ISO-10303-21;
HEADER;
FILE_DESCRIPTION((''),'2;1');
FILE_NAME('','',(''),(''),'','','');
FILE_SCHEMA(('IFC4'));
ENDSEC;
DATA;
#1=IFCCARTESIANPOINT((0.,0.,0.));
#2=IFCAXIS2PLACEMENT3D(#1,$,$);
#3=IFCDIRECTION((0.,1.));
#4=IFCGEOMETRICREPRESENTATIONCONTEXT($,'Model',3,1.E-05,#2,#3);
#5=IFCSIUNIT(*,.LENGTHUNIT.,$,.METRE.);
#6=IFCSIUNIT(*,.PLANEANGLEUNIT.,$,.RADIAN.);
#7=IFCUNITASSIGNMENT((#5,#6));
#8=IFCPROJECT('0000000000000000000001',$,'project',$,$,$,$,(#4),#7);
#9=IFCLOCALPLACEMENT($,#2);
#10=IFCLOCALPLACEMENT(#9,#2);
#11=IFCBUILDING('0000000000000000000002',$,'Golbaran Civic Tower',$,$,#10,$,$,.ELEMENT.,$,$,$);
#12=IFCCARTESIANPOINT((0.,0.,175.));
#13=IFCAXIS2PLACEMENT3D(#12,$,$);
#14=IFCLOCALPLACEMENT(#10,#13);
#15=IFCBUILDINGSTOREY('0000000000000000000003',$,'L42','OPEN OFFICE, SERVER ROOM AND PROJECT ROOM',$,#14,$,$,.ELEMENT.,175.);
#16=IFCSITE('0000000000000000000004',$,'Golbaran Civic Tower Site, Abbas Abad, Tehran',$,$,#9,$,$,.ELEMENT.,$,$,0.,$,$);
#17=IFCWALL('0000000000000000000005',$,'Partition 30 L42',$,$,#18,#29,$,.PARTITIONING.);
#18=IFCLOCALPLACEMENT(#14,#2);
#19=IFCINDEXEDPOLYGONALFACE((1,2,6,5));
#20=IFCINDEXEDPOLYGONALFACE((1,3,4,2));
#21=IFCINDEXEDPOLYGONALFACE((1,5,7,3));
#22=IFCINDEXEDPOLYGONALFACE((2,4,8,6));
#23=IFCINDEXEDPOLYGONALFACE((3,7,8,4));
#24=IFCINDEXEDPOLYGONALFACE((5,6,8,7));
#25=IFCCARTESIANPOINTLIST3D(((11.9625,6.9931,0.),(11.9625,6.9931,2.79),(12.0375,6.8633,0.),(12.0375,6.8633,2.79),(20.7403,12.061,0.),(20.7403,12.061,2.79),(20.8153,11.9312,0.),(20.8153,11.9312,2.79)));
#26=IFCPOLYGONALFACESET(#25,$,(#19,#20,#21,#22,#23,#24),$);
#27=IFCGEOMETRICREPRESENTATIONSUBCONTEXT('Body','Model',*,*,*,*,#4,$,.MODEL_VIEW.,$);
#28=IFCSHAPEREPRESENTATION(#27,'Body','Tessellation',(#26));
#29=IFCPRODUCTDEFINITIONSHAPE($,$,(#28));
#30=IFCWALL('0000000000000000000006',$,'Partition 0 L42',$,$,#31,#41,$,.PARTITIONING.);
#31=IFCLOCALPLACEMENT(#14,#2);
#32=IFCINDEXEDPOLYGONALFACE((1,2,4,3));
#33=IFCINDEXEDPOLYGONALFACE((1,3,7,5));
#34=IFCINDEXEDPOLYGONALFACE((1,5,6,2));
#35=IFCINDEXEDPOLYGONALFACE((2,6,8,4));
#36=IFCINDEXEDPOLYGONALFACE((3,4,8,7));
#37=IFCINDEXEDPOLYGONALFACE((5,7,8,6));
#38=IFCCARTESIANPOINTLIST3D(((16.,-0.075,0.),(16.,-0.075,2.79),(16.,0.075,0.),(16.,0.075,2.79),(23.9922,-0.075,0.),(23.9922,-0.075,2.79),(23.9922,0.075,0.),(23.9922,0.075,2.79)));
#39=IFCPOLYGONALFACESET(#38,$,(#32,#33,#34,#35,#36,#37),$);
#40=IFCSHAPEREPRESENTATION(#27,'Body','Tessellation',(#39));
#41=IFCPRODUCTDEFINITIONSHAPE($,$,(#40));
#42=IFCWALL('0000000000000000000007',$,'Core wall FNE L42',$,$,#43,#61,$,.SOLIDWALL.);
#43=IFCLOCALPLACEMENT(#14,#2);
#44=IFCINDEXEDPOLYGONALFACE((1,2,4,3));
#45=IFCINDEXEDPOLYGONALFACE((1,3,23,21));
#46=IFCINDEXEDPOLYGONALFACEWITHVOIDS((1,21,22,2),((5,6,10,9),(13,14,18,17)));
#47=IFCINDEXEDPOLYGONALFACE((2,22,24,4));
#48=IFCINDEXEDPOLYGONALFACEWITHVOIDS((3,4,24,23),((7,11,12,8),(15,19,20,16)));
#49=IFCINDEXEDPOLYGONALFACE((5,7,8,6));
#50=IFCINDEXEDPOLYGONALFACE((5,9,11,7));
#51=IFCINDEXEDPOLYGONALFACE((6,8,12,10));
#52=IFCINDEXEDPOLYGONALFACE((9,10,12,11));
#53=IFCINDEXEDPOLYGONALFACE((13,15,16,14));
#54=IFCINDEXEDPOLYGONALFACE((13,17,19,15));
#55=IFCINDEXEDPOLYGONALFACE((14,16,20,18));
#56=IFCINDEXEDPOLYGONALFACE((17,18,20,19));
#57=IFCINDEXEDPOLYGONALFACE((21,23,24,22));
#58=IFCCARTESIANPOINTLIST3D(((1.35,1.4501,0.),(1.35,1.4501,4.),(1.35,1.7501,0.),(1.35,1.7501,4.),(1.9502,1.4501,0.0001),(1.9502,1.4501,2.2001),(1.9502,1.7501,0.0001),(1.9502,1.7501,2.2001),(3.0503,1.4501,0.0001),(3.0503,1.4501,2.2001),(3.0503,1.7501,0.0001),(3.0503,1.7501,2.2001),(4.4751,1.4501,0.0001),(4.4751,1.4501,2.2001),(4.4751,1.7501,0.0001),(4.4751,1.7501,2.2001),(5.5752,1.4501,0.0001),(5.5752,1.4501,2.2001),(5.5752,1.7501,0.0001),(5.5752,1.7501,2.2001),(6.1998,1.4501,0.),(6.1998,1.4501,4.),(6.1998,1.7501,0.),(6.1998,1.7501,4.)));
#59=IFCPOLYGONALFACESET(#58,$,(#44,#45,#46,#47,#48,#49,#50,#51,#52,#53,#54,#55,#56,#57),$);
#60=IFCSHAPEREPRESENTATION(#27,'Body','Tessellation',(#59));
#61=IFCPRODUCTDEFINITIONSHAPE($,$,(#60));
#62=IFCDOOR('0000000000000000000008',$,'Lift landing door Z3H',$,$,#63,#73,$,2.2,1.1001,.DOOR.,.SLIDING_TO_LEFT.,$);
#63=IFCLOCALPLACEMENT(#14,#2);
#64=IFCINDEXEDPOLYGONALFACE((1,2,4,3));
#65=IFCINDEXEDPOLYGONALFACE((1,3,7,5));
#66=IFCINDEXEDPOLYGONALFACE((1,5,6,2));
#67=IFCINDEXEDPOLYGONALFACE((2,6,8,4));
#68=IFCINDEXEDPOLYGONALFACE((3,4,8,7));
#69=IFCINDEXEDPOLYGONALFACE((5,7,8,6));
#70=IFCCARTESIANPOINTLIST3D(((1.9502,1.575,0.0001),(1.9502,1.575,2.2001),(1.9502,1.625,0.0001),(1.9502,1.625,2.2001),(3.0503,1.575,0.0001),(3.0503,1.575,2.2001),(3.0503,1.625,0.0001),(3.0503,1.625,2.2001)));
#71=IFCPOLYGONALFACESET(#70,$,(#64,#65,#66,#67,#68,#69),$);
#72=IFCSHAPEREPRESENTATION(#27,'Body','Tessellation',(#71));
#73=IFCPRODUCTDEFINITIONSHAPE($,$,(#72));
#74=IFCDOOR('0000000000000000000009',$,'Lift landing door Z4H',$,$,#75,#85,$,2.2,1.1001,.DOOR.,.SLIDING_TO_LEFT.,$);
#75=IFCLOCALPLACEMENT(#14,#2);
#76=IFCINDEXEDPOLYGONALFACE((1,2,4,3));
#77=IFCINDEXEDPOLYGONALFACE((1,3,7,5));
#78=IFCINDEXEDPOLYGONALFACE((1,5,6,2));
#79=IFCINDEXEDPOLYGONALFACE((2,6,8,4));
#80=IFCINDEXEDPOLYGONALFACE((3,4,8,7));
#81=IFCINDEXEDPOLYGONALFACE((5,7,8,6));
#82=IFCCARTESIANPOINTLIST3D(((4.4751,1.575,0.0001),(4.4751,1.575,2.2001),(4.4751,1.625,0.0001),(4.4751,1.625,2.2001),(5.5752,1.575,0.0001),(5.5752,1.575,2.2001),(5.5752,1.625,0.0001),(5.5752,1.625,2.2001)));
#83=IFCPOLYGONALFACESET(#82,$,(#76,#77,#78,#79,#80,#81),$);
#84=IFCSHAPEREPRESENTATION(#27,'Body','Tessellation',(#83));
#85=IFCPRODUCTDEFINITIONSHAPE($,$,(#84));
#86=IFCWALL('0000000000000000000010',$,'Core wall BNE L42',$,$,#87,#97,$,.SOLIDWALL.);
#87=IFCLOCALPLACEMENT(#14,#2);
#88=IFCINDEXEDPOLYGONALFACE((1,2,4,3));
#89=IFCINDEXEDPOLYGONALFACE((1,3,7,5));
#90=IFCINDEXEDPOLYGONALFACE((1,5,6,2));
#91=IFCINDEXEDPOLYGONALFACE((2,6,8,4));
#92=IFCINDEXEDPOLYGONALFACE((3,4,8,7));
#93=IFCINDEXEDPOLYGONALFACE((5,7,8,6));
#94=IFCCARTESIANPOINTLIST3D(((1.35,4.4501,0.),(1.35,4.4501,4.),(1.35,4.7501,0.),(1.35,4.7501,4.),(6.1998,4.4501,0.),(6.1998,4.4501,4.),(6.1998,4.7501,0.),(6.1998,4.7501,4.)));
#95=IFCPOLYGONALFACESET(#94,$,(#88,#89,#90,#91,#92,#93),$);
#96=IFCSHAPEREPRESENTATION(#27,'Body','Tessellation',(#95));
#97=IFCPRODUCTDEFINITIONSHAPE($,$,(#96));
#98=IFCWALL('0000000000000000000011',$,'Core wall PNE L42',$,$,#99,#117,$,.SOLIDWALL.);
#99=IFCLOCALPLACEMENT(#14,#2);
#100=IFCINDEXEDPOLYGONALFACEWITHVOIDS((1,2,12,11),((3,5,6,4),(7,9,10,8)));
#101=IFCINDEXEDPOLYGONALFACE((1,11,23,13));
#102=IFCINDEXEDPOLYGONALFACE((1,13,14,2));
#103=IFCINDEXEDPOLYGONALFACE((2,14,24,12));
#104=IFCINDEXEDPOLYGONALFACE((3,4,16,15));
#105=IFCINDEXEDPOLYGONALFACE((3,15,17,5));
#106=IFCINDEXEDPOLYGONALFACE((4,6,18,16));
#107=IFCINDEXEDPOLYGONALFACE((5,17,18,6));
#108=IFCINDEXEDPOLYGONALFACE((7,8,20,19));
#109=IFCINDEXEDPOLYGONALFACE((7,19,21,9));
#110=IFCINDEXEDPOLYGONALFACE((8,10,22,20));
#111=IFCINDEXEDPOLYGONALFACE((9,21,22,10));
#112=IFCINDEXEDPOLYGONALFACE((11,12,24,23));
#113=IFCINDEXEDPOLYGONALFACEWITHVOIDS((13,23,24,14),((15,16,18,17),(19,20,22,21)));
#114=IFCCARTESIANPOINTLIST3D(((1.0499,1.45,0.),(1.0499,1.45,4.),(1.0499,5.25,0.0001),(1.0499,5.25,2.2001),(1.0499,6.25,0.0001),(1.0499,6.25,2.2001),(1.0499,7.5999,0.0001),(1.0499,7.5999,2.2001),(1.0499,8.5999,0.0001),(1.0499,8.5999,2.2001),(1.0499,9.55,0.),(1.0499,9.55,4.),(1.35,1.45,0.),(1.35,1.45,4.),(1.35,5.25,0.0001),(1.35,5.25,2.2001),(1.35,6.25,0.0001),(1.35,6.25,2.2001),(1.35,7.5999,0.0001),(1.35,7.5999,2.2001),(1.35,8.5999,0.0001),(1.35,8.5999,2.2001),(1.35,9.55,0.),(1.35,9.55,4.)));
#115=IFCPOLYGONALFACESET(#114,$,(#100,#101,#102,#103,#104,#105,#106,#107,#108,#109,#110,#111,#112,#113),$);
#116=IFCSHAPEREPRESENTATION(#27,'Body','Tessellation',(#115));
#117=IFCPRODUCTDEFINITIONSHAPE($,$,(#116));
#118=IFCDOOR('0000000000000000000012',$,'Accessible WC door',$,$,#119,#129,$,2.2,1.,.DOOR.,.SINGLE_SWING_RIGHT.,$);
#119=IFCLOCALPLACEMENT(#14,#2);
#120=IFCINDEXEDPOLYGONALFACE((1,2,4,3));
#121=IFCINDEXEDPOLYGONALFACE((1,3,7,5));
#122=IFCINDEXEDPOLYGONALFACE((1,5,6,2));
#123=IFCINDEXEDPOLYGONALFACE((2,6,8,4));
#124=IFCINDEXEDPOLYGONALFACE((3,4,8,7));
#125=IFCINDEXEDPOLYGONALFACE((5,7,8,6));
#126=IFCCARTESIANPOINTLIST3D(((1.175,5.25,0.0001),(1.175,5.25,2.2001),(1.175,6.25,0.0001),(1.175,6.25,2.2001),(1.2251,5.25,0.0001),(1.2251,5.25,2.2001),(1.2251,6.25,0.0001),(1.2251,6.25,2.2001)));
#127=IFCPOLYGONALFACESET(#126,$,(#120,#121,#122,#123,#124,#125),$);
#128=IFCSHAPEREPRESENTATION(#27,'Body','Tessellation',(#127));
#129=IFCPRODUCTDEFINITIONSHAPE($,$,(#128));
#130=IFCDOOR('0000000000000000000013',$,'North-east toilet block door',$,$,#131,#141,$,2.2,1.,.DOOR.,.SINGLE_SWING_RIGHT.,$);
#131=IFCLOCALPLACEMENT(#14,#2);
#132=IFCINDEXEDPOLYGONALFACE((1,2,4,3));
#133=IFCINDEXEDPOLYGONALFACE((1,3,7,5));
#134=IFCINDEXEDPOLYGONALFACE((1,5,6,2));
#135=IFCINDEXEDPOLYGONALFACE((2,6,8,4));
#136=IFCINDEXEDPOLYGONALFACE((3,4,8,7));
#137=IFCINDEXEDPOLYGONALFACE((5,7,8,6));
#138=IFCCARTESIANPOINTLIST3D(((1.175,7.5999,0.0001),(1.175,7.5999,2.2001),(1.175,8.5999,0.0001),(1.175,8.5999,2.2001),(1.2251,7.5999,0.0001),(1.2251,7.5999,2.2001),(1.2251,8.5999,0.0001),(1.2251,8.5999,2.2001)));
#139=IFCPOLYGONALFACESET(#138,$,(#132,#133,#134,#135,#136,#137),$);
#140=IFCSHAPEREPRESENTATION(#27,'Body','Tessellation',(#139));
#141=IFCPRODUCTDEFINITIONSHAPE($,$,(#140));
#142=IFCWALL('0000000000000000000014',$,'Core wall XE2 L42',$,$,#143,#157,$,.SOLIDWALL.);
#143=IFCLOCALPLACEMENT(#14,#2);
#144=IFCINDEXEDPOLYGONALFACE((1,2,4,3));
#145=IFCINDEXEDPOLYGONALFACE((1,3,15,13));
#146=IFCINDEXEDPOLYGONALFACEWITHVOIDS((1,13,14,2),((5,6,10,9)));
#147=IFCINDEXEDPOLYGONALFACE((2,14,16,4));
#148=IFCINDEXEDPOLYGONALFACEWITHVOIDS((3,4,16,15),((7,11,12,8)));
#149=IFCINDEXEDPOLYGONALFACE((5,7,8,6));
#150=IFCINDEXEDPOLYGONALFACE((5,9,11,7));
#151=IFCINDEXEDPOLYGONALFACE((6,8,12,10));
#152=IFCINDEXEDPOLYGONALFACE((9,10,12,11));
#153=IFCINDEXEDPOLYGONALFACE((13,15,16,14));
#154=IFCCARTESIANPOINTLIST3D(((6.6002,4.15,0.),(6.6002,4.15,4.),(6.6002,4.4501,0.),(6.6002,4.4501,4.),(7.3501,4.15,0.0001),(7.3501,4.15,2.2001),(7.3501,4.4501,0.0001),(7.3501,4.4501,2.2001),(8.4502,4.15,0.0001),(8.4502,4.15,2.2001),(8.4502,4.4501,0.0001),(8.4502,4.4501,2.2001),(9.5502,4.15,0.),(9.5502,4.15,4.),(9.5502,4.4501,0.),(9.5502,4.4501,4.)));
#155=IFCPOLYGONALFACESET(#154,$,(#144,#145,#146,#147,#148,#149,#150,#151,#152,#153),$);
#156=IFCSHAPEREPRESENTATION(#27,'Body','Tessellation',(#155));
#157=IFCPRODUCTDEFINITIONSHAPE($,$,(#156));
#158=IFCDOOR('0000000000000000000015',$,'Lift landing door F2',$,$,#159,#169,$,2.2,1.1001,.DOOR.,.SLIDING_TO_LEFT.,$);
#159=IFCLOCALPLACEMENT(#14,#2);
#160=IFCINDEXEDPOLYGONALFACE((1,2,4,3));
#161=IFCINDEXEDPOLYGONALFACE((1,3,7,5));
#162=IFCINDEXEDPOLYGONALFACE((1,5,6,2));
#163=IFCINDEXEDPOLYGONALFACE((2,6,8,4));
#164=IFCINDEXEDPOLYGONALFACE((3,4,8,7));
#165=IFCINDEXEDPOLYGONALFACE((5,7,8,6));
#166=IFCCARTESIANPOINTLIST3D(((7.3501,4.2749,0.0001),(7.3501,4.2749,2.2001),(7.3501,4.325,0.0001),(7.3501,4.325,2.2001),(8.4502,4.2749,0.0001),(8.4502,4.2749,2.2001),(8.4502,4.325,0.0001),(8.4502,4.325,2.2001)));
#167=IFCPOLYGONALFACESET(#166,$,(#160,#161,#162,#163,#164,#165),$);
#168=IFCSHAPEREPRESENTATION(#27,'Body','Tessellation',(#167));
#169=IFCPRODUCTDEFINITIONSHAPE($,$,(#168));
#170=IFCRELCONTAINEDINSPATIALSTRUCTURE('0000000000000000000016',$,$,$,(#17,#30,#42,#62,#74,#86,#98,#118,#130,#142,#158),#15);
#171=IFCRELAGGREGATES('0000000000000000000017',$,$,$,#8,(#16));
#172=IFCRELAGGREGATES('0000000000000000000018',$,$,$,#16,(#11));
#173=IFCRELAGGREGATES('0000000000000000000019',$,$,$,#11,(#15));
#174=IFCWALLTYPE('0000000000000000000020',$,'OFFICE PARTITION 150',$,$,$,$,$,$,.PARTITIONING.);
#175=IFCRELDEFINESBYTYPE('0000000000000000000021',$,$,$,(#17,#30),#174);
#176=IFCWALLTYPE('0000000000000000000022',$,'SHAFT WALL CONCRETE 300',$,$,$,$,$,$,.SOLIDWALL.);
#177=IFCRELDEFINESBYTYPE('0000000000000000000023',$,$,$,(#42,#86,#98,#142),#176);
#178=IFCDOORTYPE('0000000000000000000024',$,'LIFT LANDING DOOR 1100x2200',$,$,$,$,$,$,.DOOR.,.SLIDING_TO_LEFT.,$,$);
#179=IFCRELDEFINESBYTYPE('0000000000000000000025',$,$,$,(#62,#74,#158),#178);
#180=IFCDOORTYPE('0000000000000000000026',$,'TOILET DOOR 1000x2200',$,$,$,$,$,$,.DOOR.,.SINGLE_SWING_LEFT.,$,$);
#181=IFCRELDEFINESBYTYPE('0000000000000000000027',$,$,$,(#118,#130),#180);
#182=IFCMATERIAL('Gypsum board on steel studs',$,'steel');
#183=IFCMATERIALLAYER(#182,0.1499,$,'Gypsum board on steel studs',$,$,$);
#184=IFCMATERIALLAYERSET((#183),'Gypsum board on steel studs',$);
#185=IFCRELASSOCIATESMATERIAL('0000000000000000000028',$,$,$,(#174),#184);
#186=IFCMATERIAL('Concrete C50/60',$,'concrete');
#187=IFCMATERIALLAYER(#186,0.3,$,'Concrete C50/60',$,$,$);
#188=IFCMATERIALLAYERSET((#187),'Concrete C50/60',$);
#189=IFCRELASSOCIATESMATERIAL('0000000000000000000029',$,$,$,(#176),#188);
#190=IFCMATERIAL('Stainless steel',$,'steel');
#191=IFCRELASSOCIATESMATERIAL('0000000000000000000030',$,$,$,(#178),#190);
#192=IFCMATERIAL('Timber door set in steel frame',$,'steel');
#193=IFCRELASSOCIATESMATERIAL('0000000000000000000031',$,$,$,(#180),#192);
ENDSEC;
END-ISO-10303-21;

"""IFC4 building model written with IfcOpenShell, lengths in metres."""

from ifc_helpers import new_model, si_unit, direction, frame, frame_2d, origin, place, context, subcontext, project, spatial, rectangle, extrude, material, layer, layer_set, type_object, element, fill, save


model = new_model("IFC4")

# Units and contexts
model_context = context("Model", 3, precision=1e-05, world=origin(), true_north=direction((0.0, 1.0)))
body_context = subcontext(model_context, "Body", "Model", "MODEL_VIEW")
ifc_project = project(units=[si_unit("LENGTHUNIT", "METRE"), si_unit("PLANEANGLEUNIT", "RADIAN")], contexts=[model_context])

# Site, building, storey
site_placement = place(None, origin())
site = spatial("IfcSite", under=ifc_project, at=site_placement, Name="Golbaran Civic Tower Site, Abbas Abad, Tehran", CompositionType="ELEMENT", RefElevation=0.0)
building_placement = place(site_placement, origin())
building = spatial("IfcBuilding", under=site, at=building_placement, Name="Golbaran Civic Tower", CompositionType="ELEMENT")
storey_placement = place(building_placement, frame((0.0, 0.0, 175.0)))
storey = spatial("IfcBuildingStorey", under=building, at=storey_placement, Name="L42", Description="OPEN OFFICE, SERVER ROOM AND PROJECT ROOM", CompositionType="ELEMENT", Elevation=175.0)

# Shared definitions
ifc_material_1 = material(Name="Timber door set in steel frame", Category="steel")

# Walls
ifc_material_2 = material(Name="Gypsum board on steel studs", Category="steel")
ifc_layer_1 = layer(ifc_material_2, 0.1499, Name="Gypsum board on steel studs")
ifc_layer_set_1 = layer_set([ifc_layer_1], Name="Gypsum board on steel studs")
wall_type_1 = type_object("IfcWallType", Name="OFFICE PARTITION 150", PredefinedType="PARTITIONING", material=ifc_layer_set_1)
wall_1_placement = place(storey_placement, frame((12.0, 6.9282, 0.0), z_axis=(0.0, 0.0, 1.0), x_axis=(0.866026, 0.499999, 0.0)))
element("IfcWall", 1, at=wall_1_placement, inside=storey, type_object=wall_type_1, Name="Partition 30 L42", PredefinedType="PARTITIONING", context=body_context, shape_type="SweptSolid", body=[
    extrude(rectangle(XDim=10.1357, YDim=0.1499, at=frame_2d((5.0679, 0.0))), origin(), (0.0, 0.0, 1.0), 2.79),
])
wall_2_placement = place(storey_placement, frame((16.0, 0.0, 0.0), z_axis=(0.0, 0.0, 1.0), x_axis=(1.0, 0.0, 0.0)))
element("IfcWall", 2, at=wall_2_placement, inside=storey, type_object=wall_type_1, Name="Partition 0 L42", PredefinedType="PARTITIONING", context=body_context, shape_type="SweptSolid", body=[
    extrude(rectangle(XDim=7.9922, YDim=0.1499, at=frame_2d((3.9961, 0.0))), origin(), (0.0, 0.0, 1.0), 2.79),
])

# Wall, openings, doors
ifc_material_3 = material(Name="Concrete C50/60", Category="concrete")
ifc_layer_2 = layer(ifc_material_3, 0.3, Name="Concrete C50/60")
ifc_layer_set_2 = layer_set([ifc_layer_2], Name="Concrete C50/60")
wall_type_2 = type_object("IfcWallType", Name="SHAFT WALL CONCRETE 300", PredefinedType="SOLIDWALL", material=ifc_layer_set_2)
wall_3_placement = place(storey_placement, frame((1.3501, 1.6001, 0.0), z_axis=(0.0, 0.0, 1.0), x_axis=(1.0, 0.0, 0.0)))
wall_3 = element("IfcWall", 3, at=wall_3_placement, inside=storey, type_object=wall_type_2, Name="Core wall FNE L42", PredefinedType="SOLIDWALL", context=body_context, shape_type="SweptSolid", body=[
    extrude(rectangle(XDim=4.8499, YDim=0.3, at=frame_2d((2.4248, 0.0))), origin(), (0.0, 0.0, 1.0), 4.0),
])
opening_1_placement = place(wall_3_placement, frame((0.6001, 0.0, 0.0)))
opening_1 = element("IfcOpeningElement", 4, at=opening_1_placement, cuts=wall_3, PredefinedType="OPENING", context=body_context, shape_type="SweptSolid", body=[
    extrude(rectangle(XDim=1.1001, YDim=2.2, at=frame_2d((0.55, 1.1001))), frame((0.0, 0.1599, 0.0), z_axis=(0.0, -1.0, 0.0), x_axis=(1.0, 0.0, 0.0)), (0.0, 0.0, 1.0), 0.3201),
])
opening_2_placement = place(wall_3_placement, frame((3.125, 0.0, 0.0)))
opening_2 = element("IfcOpeningElement", 5, at=opening_2_placement, cuts=wall_3, PredefinedType="OPENING", context=body_context, shape_type="SweptSolid", body=[
    extrude(rectangle(XDim=1.1001, YDim=2.2, at=frame_2d((0.55, 1.1001))), frame((0.0, 0.1599, 0.0), z_axis=(0.0, -1.0, 0.0), x_axis=(1.0, 0.0, 0.0)), (0.0, 0.0, 1.0), 0.3201),
])
ifc_material_4 = material(Name="Stainless steel", Category="steel")
door_type_1 = type_object("IfcDoorType", Name="LIFT LANDING DOOR 1100x2200", OperationType="SLIDING_TO_LEFT", PredefinedType="DOOR", material=ifc_material_4)
door_1_placement = place(opening_1_placement, origin())
door_1 = element("IfcDoor", 6, at=door_1_placement, inside=storey, type_object=door_type_1, Name="Lift landing door Z3H", OperationType="SLIDING_TO_LEFT", OverallHeight=2.2, OverallWidth=1.1001, PredefinedType="DOOR", context=body_context, shape_type="SweptSolid", body=[
    extrude(rectangle(XDim=1.1001, YDim=2.2, at=frame_2d((0.55, 1.1001))), frame((0.0, 0.0249, 0.0), z_axis=(0.0, -1.0, 0.0), x_axis=(1.0, 0.0, 0.0)), (0.0, 0.0, 1.0), 0.05),
])
fill(opening_1, door_1)
door_2_placement = place(opening_2_placement, origin())
door_2 = element("IfcDoor", 7, at=door_2_placement, inside=storey, type_object=door_type_1, Name="Lift landing door Z4H", OperationType="SLIDING_TO_LEFT", OverallHeight=2.2, OverallWidth=1.1001, PredefinedType="DOOR", context=body_context, shape_type="SweptSolid", body=[
    extrude(rectangle(XDim=1.1001, YDim=2.2, at=frame_2d((0.55, 1.1001))), frame((0.0, 0.0249, 0.0), z_axis=(0.0, -1.0, 0.0), x_axis=(1.0, 0.0, 0.0)), (0.0, 0.0, 1.0), 0.05),
])
fill(opening_2, door_2)

# Wall
wall_4_placement = place(storey_placement, frame((1.3501, 4.6001, 0.0), z_axis=(0.0, 0.0, 1.0), x_axis=(1.0, 0.0, 0.0)))
element("IfcWall", 8, at=wall_4_placement, inside=storey, type_object=wall_type_2, Name="Core wall BNE L42", PredefinedType="SOLIDWALL", context=body_context, shape_type="SweptSolid", body=[
    extrude(rectangle(XDim=4.8499, YDim=0.3, at=frame_2d((2.4248, 0.0))), origin(), (0.0, 0.0, 1.0), 4.0),
])

# Wall, openings, doors
wall_5_placement = place(storey_placement, frame((1.2, 1.45, 0.0), z_axis=(0.0, 0.0, 1.0), x_axis=(0.0, 1.0, 0.0)))
wall_5 = element("IfcWall", 9, at=wall_5_placement, inside=storey, type_object=wall_type_2, Name="Core wall PNE L42", PredefinedType="SOLIDWALL", context=body_context, shape_type="SweptSolid", body=[
    extrude(rectangle(XDim=8.1001, YDim=0.3, at=frame_2d((4.05, 0.0))), origin(), (0.0, 0.0, 1.0), 4.0),
])
opening_3_placement = place(wall_5_placement, frame((3.8, 0.0, 0.0)))
opening_3 = element("IfcOpeningElement", 10, at=opening_3_placement, cuts=wall_5, PredefinedType="OPENING", context=body_context, shape_type="SweptSolid", body=[
    extrude(rectangle(XDim=1.0, YDim=2.2, at=frame_2d((0.5, 1.1001))), frame((0.0, 0.1599, 0.0), z_axis=(0.0, -1.0, 0.0), x_axis=(1.0, 0.0, 0.0)), (0.0, 0.0, 1.0), 0.3201),
])
opening_4_placement = place(wall_5_placement, frame((6.1499, 0.0, 0.0)))
opening_4 = element("IfcOpeningElement", 11, at=opening_4_placement, cuts=wall_5, PredefinedType="OPENING", context=body_context, shape_type="SweptSolid", body=[
    extrude(rectangle(XDim=1.0, YDim=2.2, at=frame_2d((0.5, 1.1001))), frame((0.0, 0.1599, 0.0), z_axis=(0.0, -1.0, 0.0), x_axis=(1.0, 0.0, 0.0)), (0.0, 0.0, 1.0), 0.3201),
])
door_type_2 = type_object("IfcDoorType", Name="TOILET DOOR 1000x2200", OperationType="SINGLE_SWING_LEFT", PredefinedType="DOOR", material=ifc_material_1)
door_3_placement = place(opening_3_placement, origin())
door_3 = element("IfcDoor", 12, at=door_3_placement, inside=storey, type_object=door_type_2, Name="Accessible WC door", OperationType="SINGLE_SWING_RIGHT", OverallHeight=2.2, OverallWidth=1.0, PredefinedType="DOOR", context=body_context, shape_type="SweptSolid", body=[
    extrude(rectangle(XDim=1.0, YDim=2.2, at=frame_2d((0.5, 1.1001))), frame((0.0, 0.0249, 0.0), z_axis=(0.0, -1.0, 0.0), x_axis=(1.0, 0.0, 0.0)), (0.0, 0.0, 1.0), 0.05),
])
fill(opening_3, door_3)
door_4_placement = place(opening_4_placement, origin())
door_4 = element("IfcDoor", 13, at=door_4_placement, inside=storey, type_object=door_type_2, Name="North-east toilet block door", OperationType="SINGLE_SWING_RIGHT", OverallHeight=2.2, OverallWidth=1.0, PredefinedType="DOOR", context=body_context, shape_type="SweptSolid", body=[
    extrude(rectangle(XDim=1.0, YDim=2.2, at=frame_2d((0.5, 1.1001))), frame((0.0, 0.0249, 0.0), z_axis=(0.0, -1.0, 0.0), x_axis=(1.0, 0.0, 0.0)), (0.0, 0.0, 1.0), 0.05),
])
fill(opening_4, door_4)

# Wall, opening, door
wall_6_placement = place(storey_placement, frame((6.6001, 4.3, 0.0), z_axis=(0.0, 0.0, 1.0), x_axis=(1.0, 0.0, 0.0)))
wall_6 = element("IfcWall", 14, at=wall_6_placement, inside=storey, type_object=wall_type_2, Name="Core wall XE2 L42", PredefinedType="SOLIDWALL", context=body_context, shape_type="SweptSolid", body=[
    extrude(rectangle(XDim=2.95, YDim=0.3, at=frame_2d((1.4751, 0.0))), origin(), (0.0, 0.0, 1.0), 4.0),
])
opening_5_placement = place(wall_6_placement, frame((0.75, 0.0, 0.0)))
opening_5 = element("IfcOpeningElement", 15, at=opening_5_placement, cuts=wall_6, PredefinedType="OPENING", context=body_context, shape_type="SweptSolid", body=[
    extrude(rectangle(XDim=1.1001, YDim=2.2, at=frame_2d((0.55, 1.1001))), frame((0.0, 0.1599, 0.0), z_axis=(0.0, -1.0, 0.0), x_axis=(1.0, 0.0, 0.0)), (0.0, 0.0, 1.0), 0.3201),
])
door_5_placement = place(opening_5_placement, origin())
door_5 = element("IfcDoor", 16, at=door_5_placement, inside=storey, type_object=door_type_1, Name="Lift landing door F2", OperationType="SLIDING_TO_LEFT", OverallHeight=2.2, OverallWidth=1.1001, PredefinedType="DOOR", context=body_context, shape_type="SweptSolid", body=[
    extrude(rectangle(XDim=1.1001, YDim=2.2, at=frame_2d((0.55, 1.1001))), frame((0.0, 0.0249, 0.0), z_axis=(0.0, -1.0, 0.0), x_axis=(1.0, 0.0, 0.0)), (0.0, 0.0, 1.0), 0.05),
])
fill(opening_5, door_5)

save(model, "model.ifc")
